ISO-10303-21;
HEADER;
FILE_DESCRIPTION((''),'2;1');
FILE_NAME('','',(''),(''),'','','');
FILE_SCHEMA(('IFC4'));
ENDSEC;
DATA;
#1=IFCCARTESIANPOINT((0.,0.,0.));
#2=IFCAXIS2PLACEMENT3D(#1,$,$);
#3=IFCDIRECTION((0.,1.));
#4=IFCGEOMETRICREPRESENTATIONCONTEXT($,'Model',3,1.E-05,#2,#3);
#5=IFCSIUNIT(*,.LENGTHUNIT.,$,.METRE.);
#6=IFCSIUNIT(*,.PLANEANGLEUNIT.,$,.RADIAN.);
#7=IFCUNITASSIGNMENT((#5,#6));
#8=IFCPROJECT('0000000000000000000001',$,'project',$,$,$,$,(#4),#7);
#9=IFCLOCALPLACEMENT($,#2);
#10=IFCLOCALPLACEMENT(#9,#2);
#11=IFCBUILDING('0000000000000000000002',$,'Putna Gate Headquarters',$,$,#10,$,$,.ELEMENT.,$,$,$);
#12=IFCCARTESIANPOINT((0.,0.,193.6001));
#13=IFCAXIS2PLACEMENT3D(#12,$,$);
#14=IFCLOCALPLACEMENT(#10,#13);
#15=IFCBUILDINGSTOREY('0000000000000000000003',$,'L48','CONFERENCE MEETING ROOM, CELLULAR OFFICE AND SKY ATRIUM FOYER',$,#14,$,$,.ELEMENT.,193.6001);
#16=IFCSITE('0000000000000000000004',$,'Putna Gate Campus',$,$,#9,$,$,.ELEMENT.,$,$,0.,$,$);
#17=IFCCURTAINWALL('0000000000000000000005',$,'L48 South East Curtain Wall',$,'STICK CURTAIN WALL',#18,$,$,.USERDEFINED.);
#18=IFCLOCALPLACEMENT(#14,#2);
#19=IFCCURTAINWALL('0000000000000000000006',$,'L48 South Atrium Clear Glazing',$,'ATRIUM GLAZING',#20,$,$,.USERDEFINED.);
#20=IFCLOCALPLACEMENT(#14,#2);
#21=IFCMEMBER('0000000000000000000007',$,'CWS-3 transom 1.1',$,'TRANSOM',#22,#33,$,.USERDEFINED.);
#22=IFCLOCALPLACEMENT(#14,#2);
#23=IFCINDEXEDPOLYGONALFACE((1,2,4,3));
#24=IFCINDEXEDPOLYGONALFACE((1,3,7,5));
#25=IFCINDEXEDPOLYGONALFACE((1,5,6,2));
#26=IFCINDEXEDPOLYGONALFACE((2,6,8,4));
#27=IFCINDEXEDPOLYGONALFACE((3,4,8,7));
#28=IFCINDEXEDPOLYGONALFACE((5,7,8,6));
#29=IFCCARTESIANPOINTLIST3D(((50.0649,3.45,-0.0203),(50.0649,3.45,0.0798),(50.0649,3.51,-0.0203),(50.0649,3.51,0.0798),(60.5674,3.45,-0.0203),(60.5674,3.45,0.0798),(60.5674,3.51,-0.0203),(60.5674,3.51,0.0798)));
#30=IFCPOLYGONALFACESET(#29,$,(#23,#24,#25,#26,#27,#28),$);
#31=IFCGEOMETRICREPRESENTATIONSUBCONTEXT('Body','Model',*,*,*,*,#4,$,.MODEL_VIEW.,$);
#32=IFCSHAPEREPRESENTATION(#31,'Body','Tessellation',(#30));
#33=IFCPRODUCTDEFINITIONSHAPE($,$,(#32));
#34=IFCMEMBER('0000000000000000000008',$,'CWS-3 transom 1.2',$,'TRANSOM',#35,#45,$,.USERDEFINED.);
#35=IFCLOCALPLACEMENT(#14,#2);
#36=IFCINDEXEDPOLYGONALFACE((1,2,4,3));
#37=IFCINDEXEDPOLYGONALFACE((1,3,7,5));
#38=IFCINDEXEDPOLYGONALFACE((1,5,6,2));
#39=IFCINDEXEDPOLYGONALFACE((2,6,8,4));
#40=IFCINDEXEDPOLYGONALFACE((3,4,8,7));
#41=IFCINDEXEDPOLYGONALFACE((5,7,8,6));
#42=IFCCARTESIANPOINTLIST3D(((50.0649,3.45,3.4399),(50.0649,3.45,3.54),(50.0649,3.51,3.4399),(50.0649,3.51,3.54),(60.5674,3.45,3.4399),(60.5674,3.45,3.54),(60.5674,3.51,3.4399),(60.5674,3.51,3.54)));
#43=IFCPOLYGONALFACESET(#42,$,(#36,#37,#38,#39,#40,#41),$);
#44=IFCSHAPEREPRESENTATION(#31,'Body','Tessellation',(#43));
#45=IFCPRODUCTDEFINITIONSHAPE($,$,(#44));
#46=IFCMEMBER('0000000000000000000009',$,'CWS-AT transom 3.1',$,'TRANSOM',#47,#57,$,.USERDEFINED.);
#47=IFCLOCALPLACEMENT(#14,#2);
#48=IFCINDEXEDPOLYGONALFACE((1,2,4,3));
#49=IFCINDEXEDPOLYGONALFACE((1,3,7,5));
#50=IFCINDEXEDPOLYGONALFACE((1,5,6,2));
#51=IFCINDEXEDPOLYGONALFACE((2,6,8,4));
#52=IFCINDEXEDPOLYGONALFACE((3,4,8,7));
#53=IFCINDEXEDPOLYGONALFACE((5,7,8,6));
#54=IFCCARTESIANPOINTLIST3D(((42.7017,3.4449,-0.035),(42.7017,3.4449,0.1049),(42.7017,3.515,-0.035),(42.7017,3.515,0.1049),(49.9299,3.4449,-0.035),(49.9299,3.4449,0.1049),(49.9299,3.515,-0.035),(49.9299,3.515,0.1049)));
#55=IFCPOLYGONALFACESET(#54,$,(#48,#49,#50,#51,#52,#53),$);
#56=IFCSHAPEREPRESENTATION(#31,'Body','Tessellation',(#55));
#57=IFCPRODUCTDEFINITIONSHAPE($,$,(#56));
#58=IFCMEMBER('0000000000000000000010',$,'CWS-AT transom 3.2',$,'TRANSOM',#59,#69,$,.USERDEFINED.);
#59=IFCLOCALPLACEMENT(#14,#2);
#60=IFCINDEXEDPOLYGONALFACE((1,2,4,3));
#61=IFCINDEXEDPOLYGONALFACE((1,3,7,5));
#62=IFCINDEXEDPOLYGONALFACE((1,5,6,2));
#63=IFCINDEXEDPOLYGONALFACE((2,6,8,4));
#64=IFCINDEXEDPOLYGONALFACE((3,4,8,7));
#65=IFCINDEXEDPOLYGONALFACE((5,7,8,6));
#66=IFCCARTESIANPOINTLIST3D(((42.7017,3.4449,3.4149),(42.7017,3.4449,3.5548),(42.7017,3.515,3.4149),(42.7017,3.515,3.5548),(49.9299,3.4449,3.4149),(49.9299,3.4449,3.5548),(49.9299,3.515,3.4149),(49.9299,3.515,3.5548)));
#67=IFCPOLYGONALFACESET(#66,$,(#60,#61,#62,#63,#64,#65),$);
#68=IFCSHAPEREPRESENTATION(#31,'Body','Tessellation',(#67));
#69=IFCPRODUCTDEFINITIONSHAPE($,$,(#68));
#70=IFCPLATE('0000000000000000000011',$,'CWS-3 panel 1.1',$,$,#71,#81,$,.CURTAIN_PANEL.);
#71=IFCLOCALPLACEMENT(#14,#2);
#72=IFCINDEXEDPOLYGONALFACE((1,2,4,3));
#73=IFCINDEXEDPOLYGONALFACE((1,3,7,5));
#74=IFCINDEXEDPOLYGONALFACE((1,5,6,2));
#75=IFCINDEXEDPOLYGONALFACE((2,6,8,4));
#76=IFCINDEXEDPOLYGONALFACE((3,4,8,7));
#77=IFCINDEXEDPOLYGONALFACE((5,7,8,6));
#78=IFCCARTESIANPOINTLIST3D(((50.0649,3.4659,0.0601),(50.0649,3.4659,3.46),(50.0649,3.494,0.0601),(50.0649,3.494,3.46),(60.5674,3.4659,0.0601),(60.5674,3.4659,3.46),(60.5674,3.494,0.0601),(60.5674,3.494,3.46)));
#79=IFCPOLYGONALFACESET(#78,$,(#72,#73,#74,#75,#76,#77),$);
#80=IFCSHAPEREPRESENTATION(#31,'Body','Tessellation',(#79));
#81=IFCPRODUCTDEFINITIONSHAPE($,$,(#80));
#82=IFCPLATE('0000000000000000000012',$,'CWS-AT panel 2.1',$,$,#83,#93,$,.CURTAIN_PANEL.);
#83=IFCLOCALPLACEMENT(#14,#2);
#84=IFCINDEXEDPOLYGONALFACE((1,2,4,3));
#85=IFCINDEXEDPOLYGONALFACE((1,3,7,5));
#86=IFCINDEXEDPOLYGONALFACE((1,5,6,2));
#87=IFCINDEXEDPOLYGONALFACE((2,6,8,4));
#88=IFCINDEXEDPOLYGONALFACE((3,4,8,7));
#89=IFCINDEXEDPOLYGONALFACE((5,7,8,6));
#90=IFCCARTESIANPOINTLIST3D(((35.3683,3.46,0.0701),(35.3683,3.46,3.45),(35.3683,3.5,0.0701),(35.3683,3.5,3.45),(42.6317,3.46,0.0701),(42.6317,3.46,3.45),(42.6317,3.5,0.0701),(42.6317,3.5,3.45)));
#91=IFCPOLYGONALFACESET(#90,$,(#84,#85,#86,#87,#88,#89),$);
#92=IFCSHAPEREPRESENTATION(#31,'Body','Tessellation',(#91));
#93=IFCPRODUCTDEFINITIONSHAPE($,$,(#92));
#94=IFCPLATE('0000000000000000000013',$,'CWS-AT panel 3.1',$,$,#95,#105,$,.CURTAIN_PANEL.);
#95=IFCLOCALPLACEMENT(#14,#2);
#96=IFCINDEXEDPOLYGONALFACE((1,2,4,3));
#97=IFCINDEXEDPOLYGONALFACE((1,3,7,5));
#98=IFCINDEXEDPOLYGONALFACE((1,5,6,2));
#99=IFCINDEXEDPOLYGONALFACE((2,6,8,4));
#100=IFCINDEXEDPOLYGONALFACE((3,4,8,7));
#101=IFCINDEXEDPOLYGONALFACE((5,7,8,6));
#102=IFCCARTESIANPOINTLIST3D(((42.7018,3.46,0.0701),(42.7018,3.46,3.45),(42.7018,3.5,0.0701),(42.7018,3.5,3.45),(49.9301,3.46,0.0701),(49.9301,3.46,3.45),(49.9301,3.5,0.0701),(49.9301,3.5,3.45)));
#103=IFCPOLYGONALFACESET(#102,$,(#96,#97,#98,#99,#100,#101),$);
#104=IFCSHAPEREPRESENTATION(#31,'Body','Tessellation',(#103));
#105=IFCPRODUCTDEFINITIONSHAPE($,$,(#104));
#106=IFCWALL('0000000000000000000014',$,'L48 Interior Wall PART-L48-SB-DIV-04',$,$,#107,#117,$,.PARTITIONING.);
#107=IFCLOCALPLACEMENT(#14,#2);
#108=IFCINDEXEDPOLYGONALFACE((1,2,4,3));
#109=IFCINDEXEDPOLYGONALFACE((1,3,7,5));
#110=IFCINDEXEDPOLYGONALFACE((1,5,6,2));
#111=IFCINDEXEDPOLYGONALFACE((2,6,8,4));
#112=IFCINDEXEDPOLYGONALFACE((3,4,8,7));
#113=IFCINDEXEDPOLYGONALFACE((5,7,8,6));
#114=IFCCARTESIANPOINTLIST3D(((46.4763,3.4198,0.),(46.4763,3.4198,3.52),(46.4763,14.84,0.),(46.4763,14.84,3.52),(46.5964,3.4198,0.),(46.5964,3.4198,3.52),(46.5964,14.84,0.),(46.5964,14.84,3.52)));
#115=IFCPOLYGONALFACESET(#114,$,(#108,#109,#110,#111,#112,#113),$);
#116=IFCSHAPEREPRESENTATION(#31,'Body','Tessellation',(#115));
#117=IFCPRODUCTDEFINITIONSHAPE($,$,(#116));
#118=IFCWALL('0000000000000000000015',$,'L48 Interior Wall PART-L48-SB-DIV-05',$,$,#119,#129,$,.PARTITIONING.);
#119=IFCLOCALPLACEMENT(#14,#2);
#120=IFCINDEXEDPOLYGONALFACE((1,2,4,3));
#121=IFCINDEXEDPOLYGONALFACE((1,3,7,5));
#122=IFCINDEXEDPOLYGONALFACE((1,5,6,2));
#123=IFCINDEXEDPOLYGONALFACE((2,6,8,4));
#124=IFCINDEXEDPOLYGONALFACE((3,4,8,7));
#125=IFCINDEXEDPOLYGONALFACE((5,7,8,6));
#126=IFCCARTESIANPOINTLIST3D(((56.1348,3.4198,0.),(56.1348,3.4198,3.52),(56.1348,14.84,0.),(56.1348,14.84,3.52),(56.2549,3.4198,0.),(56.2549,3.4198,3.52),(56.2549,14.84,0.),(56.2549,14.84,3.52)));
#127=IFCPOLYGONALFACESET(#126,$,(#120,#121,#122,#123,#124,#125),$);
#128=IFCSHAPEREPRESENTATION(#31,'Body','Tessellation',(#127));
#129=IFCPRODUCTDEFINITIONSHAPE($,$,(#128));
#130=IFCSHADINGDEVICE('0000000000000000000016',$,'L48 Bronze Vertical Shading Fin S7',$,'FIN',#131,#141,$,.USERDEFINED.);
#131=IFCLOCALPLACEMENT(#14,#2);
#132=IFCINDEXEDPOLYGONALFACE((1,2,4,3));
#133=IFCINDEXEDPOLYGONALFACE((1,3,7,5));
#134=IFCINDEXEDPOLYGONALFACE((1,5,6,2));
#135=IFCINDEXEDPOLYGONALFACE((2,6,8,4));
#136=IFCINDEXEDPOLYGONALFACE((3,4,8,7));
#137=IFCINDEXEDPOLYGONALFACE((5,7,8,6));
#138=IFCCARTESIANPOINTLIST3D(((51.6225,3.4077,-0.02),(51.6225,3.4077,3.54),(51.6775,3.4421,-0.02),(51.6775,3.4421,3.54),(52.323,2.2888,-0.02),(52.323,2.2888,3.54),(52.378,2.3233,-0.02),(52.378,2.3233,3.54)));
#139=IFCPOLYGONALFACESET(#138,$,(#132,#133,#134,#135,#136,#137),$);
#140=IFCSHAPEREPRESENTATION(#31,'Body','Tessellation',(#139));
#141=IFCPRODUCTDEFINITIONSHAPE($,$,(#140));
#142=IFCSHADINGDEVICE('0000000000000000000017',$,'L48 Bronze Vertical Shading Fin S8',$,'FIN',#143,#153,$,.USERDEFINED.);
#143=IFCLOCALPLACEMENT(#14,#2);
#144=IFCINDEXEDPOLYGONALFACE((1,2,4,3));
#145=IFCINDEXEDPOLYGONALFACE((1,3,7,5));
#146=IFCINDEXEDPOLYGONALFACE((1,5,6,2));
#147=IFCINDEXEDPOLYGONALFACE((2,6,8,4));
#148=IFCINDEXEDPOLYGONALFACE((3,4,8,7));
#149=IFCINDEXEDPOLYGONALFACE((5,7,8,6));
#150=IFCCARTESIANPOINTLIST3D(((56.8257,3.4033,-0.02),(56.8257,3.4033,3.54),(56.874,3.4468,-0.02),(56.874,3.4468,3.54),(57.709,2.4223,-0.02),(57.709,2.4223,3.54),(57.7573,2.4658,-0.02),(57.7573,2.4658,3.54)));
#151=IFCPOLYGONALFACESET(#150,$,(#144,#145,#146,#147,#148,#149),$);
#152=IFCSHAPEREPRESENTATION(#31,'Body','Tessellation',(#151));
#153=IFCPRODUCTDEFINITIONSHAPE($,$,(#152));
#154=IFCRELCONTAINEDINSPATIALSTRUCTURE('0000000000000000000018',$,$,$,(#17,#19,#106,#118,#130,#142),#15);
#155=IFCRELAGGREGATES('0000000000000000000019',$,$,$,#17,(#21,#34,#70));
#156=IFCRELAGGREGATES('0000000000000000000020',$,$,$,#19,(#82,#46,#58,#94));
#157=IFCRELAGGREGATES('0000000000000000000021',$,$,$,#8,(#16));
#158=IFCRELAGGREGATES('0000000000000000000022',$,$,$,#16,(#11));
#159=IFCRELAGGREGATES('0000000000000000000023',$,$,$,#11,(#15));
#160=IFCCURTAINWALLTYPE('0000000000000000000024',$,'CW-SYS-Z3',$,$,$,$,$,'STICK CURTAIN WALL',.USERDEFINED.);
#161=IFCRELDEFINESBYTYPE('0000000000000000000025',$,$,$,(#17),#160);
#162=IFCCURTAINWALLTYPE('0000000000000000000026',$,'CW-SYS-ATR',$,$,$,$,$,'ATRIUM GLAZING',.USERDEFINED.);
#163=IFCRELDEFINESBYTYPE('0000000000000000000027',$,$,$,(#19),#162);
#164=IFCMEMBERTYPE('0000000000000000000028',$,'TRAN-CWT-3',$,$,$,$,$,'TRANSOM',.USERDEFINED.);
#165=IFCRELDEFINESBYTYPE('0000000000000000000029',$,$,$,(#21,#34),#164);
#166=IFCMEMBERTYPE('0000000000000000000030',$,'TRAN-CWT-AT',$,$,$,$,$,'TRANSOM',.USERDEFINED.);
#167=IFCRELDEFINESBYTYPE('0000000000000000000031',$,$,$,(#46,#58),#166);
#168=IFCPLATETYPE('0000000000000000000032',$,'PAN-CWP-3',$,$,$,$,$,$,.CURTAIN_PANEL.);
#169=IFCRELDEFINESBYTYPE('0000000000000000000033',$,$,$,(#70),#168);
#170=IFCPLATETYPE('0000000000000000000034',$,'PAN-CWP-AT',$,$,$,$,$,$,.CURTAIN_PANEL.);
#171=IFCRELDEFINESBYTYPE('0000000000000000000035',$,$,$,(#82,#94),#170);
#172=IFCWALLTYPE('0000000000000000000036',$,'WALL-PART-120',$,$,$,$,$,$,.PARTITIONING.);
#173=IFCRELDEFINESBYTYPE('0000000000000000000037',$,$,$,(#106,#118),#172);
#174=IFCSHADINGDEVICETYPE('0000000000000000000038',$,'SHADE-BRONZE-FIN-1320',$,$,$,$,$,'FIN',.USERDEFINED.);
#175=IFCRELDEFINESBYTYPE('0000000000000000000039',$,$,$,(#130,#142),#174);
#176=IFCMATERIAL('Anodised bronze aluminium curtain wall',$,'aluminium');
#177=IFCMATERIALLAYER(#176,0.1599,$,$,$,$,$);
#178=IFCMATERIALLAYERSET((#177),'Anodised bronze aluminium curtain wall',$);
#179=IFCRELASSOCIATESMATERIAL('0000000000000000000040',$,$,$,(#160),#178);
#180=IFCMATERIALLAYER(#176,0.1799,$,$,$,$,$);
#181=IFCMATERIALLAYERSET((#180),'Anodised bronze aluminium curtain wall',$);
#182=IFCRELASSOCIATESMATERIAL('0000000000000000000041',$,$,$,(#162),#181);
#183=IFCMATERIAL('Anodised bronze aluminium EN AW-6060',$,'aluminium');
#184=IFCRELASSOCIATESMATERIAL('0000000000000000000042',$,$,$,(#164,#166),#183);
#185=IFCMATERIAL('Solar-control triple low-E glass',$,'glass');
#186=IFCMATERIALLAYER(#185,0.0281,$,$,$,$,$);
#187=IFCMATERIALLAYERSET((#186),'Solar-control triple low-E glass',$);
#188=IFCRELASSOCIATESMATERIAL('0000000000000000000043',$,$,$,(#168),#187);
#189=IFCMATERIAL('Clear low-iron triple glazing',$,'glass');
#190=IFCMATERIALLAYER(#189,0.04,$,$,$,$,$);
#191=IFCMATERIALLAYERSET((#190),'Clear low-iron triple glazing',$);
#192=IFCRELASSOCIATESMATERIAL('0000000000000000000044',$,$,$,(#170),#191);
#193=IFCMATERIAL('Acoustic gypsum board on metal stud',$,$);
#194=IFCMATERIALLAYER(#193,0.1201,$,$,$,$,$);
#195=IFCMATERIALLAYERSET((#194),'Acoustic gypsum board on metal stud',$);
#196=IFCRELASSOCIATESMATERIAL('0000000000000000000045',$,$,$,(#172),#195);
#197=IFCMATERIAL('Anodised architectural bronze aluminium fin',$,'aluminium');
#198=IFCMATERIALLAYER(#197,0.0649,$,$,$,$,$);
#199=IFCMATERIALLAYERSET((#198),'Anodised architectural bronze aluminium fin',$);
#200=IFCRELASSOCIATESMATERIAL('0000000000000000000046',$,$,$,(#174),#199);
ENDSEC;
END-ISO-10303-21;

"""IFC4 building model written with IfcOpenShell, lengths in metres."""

from ifc_helpers import new_model, si_unit, direction, frame, frame_2d, origin, origin_2d, place, context, subcontext, project, spatial, rectangle, extrude, material, layer, layer_set, material_profile, profile_set, type_object, element, aggregate, save


model = new_model("IFC4")

# Units and contexts
model_context = context("Model", 3, precision=1e-05, world=origin(), true_north=direction((0.0, 1.0)))
body_context = subcontext(model_context, "Body", "Model", "MODEL_VIEW")
ifc_project = project(units=[si_unit("LENGTHUNIT", "METRE"), si_unit("PLANEANGLEUNIT", "RADIAN")], contexts=[model_context])

# Site, building, storey
site_placement = place(None, origin())
site = spatial("IfcSite", under=ifc_project, at=site_placement, Name="Putna Gate Campus", CompositionType="ELEMENT", RefElevation=0.0)
building_placement = place(site_placement, origin())
building = spatial("IfcBuilding", under=site, at=building_placement, Name="Putna Gate Headquarters", CompositionType="ELEMENT")
storey_placement = place(building_placement, frame((0.0, 0.0, 193.6001)))
storey = spatial("IfcBuildingStorey", under=building, at=storey_placement, Name="L48", Description="CONFERENCE MEETING ROOM, CELLULAR OFFICE AND SKY ATRIUM FOYER", CompositionType="ELEMENT", Elevation=193.6001)

# Curtain wall
ifc_material_1 = material(Name="Anodised bronze aluminium curtain wall", Category="aluminium")
ifc_layer_1 = layer(ifc_material_1, 0.1599)
ifc_layer_set_1 = layer_set([ifc_layer_1], Name="Anodised bronze aluminium curtain wall")
curtain_wall_type_1 = type_object("IfcCurtainWallType", Name="CW-SYS-Z3", ElementType="STICK CURTAIN WALL", PredefinedType="USERDEFINED", material=ifc_layer_set_1)
curtain_wall_1_placement = place(storey_placement, origin())
curtain_wall_1 = element("IfcCurtainWall", 1, at=curtain_wall_1_placement, inside=storey, type_object=curtain_wall_type_1, Name="L48 South East Curtain Wall", ObjectType="STICK CURTAIN WALL", PredefinedType="USERDEFINED")
ifc_material_2 = material(Name="Anodised bronze aluminium EN AW-6060", Category="aluminium")

# Curtain wall
ifc_layer_2 = layer(ifc_material_1, 0.1799)
ifc_layer_set_2 = layer_set([ifc_layer_2], Name="Anodised bronze aluminium curtain wall")
curtain_wall_type_2 = type_object("IfcCurtainWallType", Name="CW-SYS-ATR", ElementType="ATRIUM GLAZING", PredefinedType="USERDEFINED", material=ifc_layer_set_2)
curtain_wall_2_placement = place(storey_placement, origin())
curtain_wall_2 = element("IfcCurtainWall", 2, at=curtain_wall_2_placement, inside=storey, type_object=curtain_wall_type_2, Name="L48 South Atrium Clear Glazing", ObjectType="ATRIUM GLAZING", PredefinedType="USERDEFINED")

# Members
ifc_material_profile_1 = material_profile(ifc_material_2, rectangle(XDim=0.0601, YDim=0.1001, at=origin_2d()), Name="Anodised bronze aluminium EN AW-6060")
ifc_profile_set_1 = profile_set([ifc_material_profile_1], Name="Anodised bronze aluminium EN AW-6060")
member_type_1 = type_object("IfcMemberType", Name="TRAN-CWT-3", ElementType="TRANSOM", PredefinedType="USERDEFINED", material=ifc_profile_set_1)
member_1_placement = place(storey_placement, frame((50.0649, 3.48, 0.0298), z_axis=(1.0, 0.0, 0.0), x_axis=(0.0, 1.0, 0.0)))
member_1 = element("IfcMember", 3, at=member_1_placement, type_object=member_type_1, Name="CWS-3 transom 1.1", ObjectType="TRANSOM", PredefinedType="USERDEFINED", context=body_context, shape_type="SweptSolid", body=[
    extrude(rectangle(XDim=0.0601, YDim=0.1001, at=origin_2d()), origin(), (0.0, 0.0, 1.0), 10.5024),
])
member_2_placement = place(storey_placement, frame((50.0649, 3.48, 3.49), z_axis=(1.0, 0.0, 0.0), x_axis=(0.0, 1.0, 0.0)))
member_2 = element("IfcMember", 4, at=member_2_placement, type_object=member_type_1, Name="CWS-3 transom 1.2", ObjectType="TRANSOM", PredefinedType="USERDEFINED", context=body_context, shape_type="SweptSolid", body=[
    extrude(rectangle(XDim=0.0601, YDim=0.1001, at=origin_2d()), origin(), (0.0, 0.0, 1.0), 10.5024),
])
ifc_material_profile_2 = material_profile(ifc_material_2, rectangle(XDim=0.0701, YDim=0.1399, at=origin_2d()), Name="Anodised bronze aluminium EN AW-6060")
ifc_profile_set_2 = profile_set([ifc_material_profile_2], Name="Anodised bronze aluminium EN AW-6060")
member_type_2 = type_object("IfcMemberType", Name="TRAN-CWT-AT", ElementType="TRANSOM", PredefinedType="USERDEFINED", material=ifc_profile_set_2)
member_3_placement = place(storey_placement, frame((42.7017, 3.48, 0.0349), z_axis=(1.0, 0.0, 0.0), x_axis=(0.0, 1.0, 0.0)))
member_3 = element("IfcMember", 5, at=member_3_placement, type_object=member_type_2, Name="CWS-AT transom 3.1", ObjectType="TRANSOM", PredefinedType="USERDEFINED", context=body_context, shape_type="SweptSolid", body=[
    extrude(rectangle(XDim=0.0701, YDim=0.1399, at=origin_2d()), origin(), (0.0, 0.0, 1.0), 7.2283),
])
member_4_placement = place(storey_placement, frame((42.7017, 3.48, 3.4849), z_axis=(1.0, 0.0, 0.0), x_axis=(0.0, 1.0, 0.0)))
member_4 = element("IfcMember", 6, at=member_4_placement, type_object=member_type_2, Name="CWS-AT transom 3.2", ObjectType="TRANSOM", PredefinedType="USERDEFINED", context=body_context, shape_type="SweptSolid", body=[
    extrude(rectangle(XDim=0.0701, YDim=0.1399, at=origin_2d()), origin(), (0.0, 0.0, 1.0), 7.2283),
])

# Plates
ifc_material_3 = material(Name="Solar-control triple low-E glass", Category="glass")
ifc_layer_3 = layer(ifc_material_3, 0.0281)
ifc_layer_set_3 = layer_set([ifc_layer_3], Name="Solar-control triple low-E glass")
plate_type_1 = type_object("IfcPlateType", Name="PAN-CWP-3", PredefinedType="CURTAIN_PANEL", material=ifc_layer_set_3)
plate_1_placement = place(storey_placement, frame((55.3162, 3.48, 0.0601), z_axis=(0.0, 0.0, 1.0), x_axis=(1.0, 0.0, 0.0)))
plate_1 = element("IfcPlate", 7, at=plate_1_placement, type_object=plate_type_1, Name="CWS-3 panel 1.1", PredefinedType="CURTAIN_PANEL", context=body_context, shape_type="SweptSolid", body=[
    extrude(rectangle(XDim=10.5024, YDim=0.0281, at=origin_2d()), origin(), (0.0, 0.0, 1.0), 3.3999),
])
aggregate(curtain_wall_1, [member_1, member_2, plate_1])
ifc_material_4 = material(Name="Clear low-iron triple glazing", Category="glass")
ifc_layer_4 = layer(ifc_material_4, 0.04)
ifc_layer_set_4 = layer_set([ifc_layer_4], Name="Clear low-iron triple glazing")
plate_type_2 = type_object("IfcPlateType", Name="PAN-CWP-AT", PredefinedType="CURTAIN_PANEL", material=ifc_layer_set_4)
plate_2_placement = place(storey_placement, frame((39.0, 3.48, 0.0701), z_axis=(0.0, 0.0, 1.0), x_axis=(1.0, 0.0, 0.0)))
plate_2 = element("IfcPlate", 8, at=plate_2_placement, type_object=plate_type_2, Name="CWS-AT panel 2.1", PredefinedType="CURTAIN_PANEL", context=body_context, shape_type="SweptSolid", body=[
    extrude(rectangle(XDim=7.2634, YDim=0.04, at=origin_2d()), origin(), (0.0, 0.0, 1.0), 3.3799),
])
plate_3_placement = place(storey_placement, frame((46.3159, 3.48, 0.0701), z_axis=(0.0, 0.0, 1.0), x_axis=(1.0, 0.0, 0.0)))
plate_3 = element("IfcPlate", 9, at=plate_3_placement, type_object=plate_type_2, Name="CWS-AT panel 3.1", PredefinedType="CURTAIN_PANEL", context=body_context, shape_type="SweptSolid", body=[
    extrude(rectangle(XDim=7.2283, YDim=0.04, at=origin_2d()), origin(), (0.0, 0.0, 1.0), 3.3799),
])
aggregate(curtain_wall_2, [plate_2, member_3, member_4, plate_3])

# Walls
ifc_material_5 = material(Name="Acoustic gypsum board on metal stud")
ifc_layer_5 = layer(ifc_material_5, 0.1201)
ifc_layer_set_5 = layer_set([ifc_layer_5], Name="Acoustic gypsum board on metal stud")
wall_type = type_object("IfcWallType", Name="WALL-PART-120", PredefinedType="PARTITIONING", material=ifc_layer_set_5)
for number, where, z_axis, x_axis, name in (
    (10, (46.5364, 3.4199, 0.0), (0.0, 0.0, 1.0), (0.0, 1.0, 0.0), "L48 Interior Wall PART-L48-SB-DIV-04"),
    (11, (56.1948, 3.4199, 0.0), (0.0, 0.0, 1.0), (0.0, 1.0, 0.0), "L48 Interior Wall PART-L48-SB-DIV-05"),
):
    element("IfcWall", number, at=place(storey_placement, frame(where, z_axis=z_axis, x_axis=x_axis)), inside=storey, type_object=wall_type, Name=name, PredefinedType="PARTITIONING", context=body_context, shape_type="SweptSolid", body=[
        extrude(rectangle(XDim=11.4202, YDim=0.1201, at=frame_2d((5.71, 0.0))), origin(), (0.0, 0.0, 1.0), 3.52),
    ])

# Shading devices
ifc_material_6 = material(Name="Anodised architectural bronze aluminium fin", Category="aluminium")
ifc_layer_6 = layer(ifc_material_6, 0.0649)
ifc_layer_set_6 = layer_set([ifc_layer_6], Name="Anodised architectural bronze aluminium fin")
shading_device_type = type_object("IfcShadingDeviceType", Name="SHADE-BRONZE-FIN-1320", ElementType="FIN", PredefinedType="USERDEFINED", material=ifc_layer_set_6)
for number, where, z_axis, x_axis, name in (
    (12, (52.0002, 2.8655, -0.02), (0.0, 0.0, 1.0), (0.530659, -0.847585, 0.0), "L48 Bronze Vertical Shading Fin S7"),
    (13, (57.2915, 2.9346, -0.02), (0.0, 0.0, 1.0), (0.669131, -0.743145, 0.0), "L48 Bronze Vertical Shading Fin S8"),
):
    element("IfcShadingDevice", number, at=place(storey_placement, frame(where, z_axis=z_axis, x_axis=x_axis)), inside=storey, type_object=shading_device_type, Name=name, ObjectType="FIN", PredefinedType="USERDEFINED", context=body_context, shape_type="SweptSolid", body=[
        extrude(rectangle(XDim=1.3201, YDim=0.0649, at=origin_2d()), origin(), (0.0, 0.0, 1.0), 3.5601),
    ])

save(model, "model.ifc")
